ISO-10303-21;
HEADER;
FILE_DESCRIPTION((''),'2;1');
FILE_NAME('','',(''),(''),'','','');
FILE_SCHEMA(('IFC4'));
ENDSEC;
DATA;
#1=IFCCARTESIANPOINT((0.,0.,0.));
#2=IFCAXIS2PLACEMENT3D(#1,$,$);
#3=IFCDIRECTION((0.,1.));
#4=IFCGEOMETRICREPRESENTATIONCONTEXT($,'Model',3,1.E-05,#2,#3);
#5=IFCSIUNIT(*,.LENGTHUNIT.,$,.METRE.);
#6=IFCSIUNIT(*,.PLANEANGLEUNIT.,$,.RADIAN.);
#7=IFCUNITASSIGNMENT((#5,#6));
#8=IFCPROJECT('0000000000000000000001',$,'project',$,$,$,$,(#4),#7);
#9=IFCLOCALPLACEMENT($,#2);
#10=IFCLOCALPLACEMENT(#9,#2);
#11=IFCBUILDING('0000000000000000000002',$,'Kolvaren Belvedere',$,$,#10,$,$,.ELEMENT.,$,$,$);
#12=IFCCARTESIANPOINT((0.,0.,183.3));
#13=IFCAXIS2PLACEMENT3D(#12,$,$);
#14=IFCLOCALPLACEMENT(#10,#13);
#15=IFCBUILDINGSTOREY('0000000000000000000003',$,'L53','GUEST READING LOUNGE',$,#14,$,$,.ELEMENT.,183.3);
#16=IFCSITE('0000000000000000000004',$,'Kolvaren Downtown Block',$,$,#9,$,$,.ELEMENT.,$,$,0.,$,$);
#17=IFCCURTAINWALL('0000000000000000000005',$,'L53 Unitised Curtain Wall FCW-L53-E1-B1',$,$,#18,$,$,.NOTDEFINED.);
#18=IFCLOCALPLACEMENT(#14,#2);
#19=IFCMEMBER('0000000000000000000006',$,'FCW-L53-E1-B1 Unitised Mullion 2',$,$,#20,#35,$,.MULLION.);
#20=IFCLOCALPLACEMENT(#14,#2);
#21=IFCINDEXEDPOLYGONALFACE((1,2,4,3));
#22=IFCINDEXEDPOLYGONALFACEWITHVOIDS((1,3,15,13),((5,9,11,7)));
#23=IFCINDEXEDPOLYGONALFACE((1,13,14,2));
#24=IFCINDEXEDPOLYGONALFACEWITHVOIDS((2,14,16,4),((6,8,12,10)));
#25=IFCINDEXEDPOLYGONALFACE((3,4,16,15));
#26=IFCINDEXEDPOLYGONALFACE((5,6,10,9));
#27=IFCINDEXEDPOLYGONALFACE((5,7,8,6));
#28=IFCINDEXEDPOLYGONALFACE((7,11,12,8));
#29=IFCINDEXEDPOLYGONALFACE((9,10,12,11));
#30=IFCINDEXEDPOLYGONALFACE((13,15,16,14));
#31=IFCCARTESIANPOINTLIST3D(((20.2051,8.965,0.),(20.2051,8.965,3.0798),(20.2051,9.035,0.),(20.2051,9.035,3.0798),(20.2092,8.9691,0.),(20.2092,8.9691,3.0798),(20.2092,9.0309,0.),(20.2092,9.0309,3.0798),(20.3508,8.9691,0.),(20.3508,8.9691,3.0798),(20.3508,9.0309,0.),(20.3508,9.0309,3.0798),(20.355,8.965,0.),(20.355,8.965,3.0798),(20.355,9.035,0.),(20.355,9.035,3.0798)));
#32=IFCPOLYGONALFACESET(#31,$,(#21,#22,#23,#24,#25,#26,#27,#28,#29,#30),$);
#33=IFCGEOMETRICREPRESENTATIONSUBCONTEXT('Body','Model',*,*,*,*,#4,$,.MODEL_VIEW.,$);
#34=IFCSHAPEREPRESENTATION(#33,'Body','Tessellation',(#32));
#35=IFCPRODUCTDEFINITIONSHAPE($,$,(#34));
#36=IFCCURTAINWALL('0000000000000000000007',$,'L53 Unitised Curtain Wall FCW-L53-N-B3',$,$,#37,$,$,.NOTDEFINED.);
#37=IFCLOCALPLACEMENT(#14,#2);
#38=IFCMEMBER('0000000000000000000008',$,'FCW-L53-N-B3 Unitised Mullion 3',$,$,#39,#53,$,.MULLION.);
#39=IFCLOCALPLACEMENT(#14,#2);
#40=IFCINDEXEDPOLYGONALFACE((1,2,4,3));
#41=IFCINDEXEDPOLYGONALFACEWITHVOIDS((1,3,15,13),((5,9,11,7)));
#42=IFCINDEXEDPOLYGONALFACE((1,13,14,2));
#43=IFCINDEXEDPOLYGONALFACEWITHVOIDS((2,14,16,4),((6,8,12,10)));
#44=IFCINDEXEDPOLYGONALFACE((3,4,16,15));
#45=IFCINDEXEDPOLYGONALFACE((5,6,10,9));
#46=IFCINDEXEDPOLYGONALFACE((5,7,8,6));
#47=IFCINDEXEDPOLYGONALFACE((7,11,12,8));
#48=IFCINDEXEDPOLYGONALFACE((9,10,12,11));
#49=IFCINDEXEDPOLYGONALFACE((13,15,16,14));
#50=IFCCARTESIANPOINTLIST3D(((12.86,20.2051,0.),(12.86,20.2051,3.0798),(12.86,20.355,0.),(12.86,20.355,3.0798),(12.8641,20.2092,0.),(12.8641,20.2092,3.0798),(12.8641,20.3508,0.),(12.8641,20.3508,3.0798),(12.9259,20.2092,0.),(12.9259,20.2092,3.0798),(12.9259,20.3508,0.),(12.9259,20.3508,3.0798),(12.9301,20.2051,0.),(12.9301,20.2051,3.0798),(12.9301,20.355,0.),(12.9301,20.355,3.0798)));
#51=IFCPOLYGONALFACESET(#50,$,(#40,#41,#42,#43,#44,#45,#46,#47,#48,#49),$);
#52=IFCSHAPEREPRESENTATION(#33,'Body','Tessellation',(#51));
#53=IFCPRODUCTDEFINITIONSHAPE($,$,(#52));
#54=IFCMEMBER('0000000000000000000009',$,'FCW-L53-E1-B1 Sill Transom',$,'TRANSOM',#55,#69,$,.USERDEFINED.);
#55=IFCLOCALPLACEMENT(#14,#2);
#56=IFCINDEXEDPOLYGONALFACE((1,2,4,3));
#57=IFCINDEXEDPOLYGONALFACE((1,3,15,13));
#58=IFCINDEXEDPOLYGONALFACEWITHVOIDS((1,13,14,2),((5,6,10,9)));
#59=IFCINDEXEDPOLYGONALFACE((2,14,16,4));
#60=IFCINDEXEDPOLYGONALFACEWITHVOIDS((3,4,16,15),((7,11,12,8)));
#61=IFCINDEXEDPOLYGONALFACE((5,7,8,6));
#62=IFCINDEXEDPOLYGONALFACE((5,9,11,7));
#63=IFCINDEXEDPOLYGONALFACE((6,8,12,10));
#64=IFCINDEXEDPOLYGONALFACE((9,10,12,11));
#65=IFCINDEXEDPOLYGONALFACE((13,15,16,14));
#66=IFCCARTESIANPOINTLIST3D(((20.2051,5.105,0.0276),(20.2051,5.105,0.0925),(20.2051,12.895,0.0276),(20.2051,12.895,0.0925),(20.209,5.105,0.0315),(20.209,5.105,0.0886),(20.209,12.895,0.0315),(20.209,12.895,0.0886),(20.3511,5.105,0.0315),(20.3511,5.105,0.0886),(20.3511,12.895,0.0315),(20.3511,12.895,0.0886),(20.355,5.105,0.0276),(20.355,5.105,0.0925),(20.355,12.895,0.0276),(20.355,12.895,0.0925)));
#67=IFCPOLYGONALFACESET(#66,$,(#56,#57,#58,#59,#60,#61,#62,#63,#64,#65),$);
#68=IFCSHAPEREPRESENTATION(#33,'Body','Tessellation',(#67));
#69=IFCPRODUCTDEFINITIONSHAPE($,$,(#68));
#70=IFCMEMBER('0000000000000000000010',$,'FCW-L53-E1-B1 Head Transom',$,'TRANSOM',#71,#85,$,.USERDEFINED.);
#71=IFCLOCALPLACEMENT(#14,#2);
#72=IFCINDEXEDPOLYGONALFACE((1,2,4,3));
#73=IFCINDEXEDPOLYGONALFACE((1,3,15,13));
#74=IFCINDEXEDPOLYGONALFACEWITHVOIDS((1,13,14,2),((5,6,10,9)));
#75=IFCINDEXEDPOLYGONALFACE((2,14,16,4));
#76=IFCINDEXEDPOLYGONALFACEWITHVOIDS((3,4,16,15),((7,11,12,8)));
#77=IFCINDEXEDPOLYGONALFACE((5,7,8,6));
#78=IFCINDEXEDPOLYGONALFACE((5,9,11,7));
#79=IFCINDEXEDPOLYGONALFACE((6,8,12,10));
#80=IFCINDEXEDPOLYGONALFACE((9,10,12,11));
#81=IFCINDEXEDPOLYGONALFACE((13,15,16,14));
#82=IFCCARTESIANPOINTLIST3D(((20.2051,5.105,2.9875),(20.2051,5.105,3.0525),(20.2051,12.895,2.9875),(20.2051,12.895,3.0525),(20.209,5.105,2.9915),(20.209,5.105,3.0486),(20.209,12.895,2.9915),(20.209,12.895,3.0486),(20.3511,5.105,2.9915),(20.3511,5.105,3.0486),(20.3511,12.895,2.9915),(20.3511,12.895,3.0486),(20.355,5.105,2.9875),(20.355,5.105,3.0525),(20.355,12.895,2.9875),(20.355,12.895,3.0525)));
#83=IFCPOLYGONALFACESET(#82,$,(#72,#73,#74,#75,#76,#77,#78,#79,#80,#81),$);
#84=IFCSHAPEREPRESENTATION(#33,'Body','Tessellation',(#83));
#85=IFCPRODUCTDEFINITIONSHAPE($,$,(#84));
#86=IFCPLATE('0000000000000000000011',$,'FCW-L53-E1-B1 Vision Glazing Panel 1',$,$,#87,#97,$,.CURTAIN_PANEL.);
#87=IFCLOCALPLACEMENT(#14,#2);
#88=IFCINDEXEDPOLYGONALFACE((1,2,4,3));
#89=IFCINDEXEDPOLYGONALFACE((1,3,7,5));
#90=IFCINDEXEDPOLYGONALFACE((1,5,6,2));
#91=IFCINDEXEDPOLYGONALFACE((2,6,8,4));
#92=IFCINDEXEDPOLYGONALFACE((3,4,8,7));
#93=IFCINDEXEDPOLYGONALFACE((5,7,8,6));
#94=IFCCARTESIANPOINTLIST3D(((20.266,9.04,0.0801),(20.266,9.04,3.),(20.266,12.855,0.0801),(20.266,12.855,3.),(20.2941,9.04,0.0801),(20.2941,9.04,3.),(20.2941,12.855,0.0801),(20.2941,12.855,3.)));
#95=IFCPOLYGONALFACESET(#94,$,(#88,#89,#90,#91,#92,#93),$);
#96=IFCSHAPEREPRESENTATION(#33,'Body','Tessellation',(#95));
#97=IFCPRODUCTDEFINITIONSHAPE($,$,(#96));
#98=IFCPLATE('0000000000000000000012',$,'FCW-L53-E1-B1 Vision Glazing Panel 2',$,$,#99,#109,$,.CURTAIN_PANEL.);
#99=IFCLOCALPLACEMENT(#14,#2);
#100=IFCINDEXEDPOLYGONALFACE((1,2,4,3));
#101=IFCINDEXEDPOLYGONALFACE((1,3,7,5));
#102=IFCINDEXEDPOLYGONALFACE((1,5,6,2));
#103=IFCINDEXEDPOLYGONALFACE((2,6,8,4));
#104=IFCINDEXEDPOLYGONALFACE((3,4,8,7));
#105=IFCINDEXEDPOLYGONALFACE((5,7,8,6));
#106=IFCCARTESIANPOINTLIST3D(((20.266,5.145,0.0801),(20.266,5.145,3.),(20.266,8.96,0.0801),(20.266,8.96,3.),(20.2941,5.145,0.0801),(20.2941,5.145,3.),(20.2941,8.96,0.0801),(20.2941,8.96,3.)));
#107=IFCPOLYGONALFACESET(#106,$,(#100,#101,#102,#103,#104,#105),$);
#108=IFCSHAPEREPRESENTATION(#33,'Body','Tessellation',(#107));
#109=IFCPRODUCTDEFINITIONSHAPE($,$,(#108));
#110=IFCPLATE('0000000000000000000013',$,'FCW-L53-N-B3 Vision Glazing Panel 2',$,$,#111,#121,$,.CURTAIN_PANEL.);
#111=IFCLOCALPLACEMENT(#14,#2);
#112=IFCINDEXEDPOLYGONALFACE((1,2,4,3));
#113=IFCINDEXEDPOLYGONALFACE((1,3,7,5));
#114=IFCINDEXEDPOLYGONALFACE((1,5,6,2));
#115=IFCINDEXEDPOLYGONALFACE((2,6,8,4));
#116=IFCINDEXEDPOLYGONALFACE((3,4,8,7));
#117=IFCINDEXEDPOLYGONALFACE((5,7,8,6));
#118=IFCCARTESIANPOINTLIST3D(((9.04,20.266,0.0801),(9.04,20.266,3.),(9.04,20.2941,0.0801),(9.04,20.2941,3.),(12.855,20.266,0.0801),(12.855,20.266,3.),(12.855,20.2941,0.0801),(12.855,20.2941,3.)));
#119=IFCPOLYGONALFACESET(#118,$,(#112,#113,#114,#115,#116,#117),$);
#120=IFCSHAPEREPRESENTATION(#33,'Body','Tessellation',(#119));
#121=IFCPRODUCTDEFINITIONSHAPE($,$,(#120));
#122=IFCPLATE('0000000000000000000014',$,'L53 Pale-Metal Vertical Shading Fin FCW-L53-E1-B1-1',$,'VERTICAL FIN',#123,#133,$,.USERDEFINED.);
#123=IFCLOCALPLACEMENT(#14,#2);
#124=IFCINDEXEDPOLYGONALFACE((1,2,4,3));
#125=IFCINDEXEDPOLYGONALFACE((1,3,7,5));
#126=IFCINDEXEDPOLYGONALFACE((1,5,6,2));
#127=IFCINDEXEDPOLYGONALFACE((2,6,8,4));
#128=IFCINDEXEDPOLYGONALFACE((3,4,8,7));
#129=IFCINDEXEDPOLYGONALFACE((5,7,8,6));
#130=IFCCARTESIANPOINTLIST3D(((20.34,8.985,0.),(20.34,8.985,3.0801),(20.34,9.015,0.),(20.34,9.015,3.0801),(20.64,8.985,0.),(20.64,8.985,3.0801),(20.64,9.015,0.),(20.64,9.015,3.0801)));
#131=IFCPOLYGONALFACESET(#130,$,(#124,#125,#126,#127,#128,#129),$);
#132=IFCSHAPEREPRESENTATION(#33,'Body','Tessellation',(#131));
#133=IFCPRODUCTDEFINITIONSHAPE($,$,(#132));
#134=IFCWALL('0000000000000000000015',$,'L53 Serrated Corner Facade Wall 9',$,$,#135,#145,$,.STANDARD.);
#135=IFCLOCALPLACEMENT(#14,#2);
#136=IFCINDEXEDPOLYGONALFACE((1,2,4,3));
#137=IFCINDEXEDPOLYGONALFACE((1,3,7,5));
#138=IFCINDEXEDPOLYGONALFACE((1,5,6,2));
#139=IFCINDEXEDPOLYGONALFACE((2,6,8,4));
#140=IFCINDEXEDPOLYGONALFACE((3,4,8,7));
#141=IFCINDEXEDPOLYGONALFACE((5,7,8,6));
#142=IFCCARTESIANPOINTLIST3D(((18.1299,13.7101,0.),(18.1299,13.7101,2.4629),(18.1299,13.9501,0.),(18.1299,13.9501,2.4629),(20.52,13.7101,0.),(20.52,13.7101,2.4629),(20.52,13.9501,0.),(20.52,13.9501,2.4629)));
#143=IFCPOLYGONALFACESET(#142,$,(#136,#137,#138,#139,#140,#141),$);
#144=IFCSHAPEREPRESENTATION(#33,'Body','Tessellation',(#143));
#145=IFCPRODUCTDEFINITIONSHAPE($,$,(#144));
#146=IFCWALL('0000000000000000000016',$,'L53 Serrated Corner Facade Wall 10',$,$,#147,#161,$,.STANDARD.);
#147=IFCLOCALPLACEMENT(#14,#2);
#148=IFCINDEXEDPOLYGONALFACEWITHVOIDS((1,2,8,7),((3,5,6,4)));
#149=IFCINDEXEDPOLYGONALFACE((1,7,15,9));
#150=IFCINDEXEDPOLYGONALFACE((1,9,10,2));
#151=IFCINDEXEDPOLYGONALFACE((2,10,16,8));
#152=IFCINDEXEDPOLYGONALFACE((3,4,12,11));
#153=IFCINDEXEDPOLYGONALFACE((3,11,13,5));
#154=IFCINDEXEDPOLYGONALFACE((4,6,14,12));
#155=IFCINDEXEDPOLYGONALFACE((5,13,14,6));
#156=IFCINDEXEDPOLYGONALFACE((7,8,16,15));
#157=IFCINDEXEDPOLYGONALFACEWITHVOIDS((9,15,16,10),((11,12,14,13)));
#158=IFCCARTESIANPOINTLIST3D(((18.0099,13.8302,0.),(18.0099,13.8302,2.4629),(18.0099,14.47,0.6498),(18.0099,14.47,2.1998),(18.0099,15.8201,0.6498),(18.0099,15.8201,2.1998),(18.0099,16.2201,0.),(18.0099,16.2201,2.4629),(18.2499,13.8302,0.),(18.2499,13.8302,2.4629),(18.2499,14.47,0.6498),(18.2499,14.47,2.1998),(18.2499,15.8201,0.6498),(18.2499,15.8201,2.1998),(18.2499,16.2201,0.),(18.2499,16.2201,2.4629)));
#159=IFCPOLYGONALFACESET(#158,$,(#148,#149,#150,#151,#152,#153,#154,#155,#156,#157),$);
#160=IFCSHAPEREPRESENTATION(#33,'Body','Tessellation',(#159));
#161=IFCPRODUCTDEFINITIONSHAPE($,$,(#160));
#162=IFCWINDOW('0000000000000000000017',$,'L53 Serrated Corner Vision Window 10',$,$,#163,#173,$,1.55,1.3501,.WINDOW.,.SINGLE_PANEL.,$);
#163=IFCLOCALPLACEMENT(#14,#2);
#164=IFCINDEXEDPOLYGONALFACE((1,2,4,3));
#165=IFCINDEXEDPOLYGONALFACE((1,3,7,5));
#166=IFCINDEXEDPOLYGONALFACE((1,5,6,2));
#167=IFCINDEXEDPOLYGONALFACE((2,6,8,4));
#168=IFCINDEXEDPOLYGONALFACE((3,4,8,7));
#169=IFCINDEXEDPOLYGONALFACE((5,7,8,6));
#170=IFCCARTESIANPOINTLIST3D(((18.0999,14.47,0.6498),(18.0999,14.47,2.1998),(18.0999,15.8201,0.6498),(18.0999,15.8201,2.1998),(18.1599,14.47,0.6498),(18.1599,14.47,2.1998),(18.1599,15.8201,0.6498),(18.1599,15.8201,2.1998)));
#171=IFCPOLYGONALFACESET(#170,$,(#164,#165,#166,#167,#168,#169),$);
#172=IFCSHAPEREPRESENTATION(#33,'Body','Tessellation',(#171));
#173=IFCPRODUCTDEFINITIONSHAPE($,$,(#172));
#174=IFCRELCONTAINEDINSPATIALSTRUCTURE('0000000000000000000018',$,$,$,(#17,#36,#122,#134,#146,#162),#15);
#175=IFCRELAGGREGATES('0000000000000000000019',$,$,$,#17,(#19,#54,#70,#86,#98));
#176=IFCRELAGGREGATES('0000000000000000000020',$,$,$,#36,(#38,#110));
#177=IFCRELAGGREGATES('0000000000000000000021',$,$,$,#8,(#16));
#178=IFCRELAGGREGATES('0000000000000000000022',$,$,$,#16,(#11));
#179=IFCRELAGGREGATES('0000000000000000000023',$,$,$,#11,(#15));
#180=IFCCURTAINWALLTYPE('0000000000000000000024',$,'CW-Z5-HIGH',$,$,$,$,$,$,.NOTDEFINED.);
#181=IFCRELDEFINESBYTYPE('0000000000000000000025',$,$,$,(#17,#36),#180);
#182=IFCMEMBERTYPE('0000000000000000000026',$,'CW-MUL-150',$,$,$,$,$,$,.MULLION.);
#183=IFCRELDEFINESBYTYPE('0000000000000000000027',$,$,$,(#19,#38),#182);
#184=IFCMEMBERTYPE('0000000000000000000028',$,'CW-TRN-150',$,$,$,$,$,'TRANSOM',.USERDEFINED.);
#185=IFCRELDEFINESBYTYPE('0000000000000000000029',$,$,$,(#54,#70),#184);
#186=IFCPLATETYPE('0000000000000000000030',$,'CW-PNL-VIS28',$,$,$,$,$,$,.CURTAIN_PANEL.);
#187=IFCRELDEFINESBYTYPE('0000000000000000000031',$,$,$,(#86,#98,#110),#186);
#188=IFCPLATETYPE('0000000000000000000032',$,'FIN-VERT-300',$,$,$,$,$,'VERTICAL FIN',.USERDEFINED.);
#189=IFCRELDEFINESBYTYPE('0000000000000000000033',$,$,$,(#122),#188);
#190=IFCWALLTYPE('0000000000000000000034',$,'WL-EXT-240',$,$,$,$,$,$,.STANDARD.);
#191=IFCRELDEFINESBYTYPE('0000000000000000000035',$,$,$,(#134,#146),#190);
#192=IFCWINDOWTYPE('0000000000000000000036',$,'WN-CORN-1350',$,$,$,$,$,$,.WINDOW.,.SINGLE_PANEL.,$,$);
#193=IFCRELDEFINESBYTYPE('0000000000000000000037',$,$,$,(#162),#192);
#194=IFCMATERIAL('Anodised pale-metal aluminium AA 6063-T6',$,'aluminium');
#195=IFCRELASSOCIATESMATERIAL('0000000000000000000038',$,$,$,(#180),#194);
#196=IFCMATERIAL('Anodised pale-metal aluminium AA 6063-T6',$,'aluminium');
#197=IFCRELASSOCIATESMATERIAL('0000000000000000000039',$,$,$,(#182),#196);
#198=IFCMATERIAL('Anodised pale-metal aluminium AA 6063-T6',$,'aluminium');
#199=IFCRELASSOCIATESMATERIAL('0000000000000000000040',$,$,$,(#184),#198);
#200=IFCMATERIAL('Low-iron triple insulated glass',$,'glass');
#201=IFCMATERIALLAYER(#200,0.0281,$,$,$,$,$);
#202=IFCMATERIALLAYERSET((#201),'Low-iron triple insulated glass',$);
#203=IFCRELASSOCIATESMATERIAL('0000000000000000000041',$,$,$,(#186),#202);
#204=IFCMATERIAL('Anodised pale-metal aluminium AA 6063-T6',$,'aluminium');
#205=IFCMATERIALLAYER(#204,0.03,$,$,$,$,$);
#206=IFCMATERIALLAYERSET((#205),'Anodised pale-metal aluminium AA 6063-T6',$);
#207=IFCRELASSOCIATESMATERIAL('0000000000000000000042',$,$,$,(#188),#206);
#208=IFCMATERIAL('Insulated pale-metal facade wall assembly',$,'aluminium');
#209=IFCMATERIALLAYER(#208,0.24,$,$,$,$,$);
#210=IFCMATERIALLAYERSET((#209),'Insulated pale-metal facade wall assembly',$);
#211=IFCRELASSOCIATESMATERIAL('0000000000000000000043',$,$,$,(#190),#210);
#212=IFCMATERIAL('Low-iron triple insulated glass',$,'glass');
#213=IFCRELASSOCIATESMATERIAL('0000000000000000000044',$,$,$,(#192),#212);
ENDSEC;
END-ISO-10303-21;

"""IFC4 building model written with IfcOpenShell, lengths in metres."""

from ifc_helpers import new_model, si_unit, direction, frame, frame_2d, origin, origin_2d, place, context, subcontext, project, spatial, rectangle, hollow_rectangle, extrude, material, layer, layer_set, material_profile, profile_set, type_object, element, fill, aggregate, save


model = new_model("IFC4")

# Units and contexts
model_context = context("Model", 3, precision=1e-05, world=origin(), true_north=direction((0.0, 1.0)))
body_context = subcontext(model_context, "Body", "Model", "MODEL_VIEW")
ifc_project = project(units=[si_unit("LENGTHUNIT", "METRE"), si_unit("PLANEANGLEUNIT", "RADIAN")], contexts=[model_context])

# Site, building, storey
site_placement = place(None, origin())
site = spatial("IfcSite", under=ifc_project, at=site_placement, Name="Kolvaren Downtown Block", CompositionType="ELEMENT", RefElevation=0.0)
building_placement = place(site_placement, origin())
building = spatial("IfcBuilding", under=site, at=building_placement, Name="Kolvaren Belvedere", CompositionType="ELEMENT")
storey_placement = place(building_placement, frame((0.0, 0.0, 183.3)))
storey = spatial("IfcBuildingStorey", under=building, at=storey_placement, Name="L53", Description="GUEST READING LOUNGE", CompositionType="ELEMENT", Elevation=183.3)

# Curtain wall, member
ifc_material_1 = material(Name="Anodised pale-metal aluminium AA 6063-T6", Category="aluminium")
curtain_wall_type = type_object("IfcCurtainWallType", Name="CW-Z5-HIGH", PredefinedType="NOTDEFINED", material=ifc_material_1)
curtain_wall_1_placement = place(storey_placement, origin())
curtain_wall_1 = element("IfcCurtainWall", 1, at=curtain_wall_1_placement, inside=storey, type_object=curtain_wall_type, Name="L53 Unitised Curtain Wall FCW-L53-E1-B1", PredefinedType="NOTDEFINED")
ifc_material_2 = material(Name="Anodised pale-metal aluminium AA 6063-T6", Category="aluminium")
ifc_material_profile_1 = material_profile(ifc_material_2, hollow_rectangle(XDim=0.0701, YDim=0.1499, WallThickness=0.0042, at=origin_2d()), Name="ALU-MUL-150X70")
ifc_profile_set_1 = profile_set([ifc_material_profile_1], Name="Anodised pale-metal aluminium AA 6063-T6")
member_type_1 = type_object("IfcMemberType", Name="CW-MUL-150", PredefinedType="MULLION", material=ifc_profile_set_1)
member_1_placement = place(storey_placement, frame((20.28, 9.0, 0.0), z_axis=(0.0, 0.0, 1.0), x_axis=(0.0, 1.0, 0.0)))
member_1 = element("IfcMember", 2, at=member_1_placement, type_object=member_type_1, Name="FCW-L53-E1-B1 Unitised Mullion 2", PredefinedType="MULLION", context=body_context, shape_type="SweptSolid", body=[
    extrude(hollow_rectangle(XDim=0.0701, YDim=0.1499, WallThickness=0.0042, at=origin_2d()), origin(), (0.0, 0.0, 1.0), 3.0798),
])

# Curtain wall, member
curtain_wall_2_placement = place(storey_placement, origin())
curtain_wall_2 = element("IfcCurtainWall", 3, at=curtain_wall_2_placement, inside=storey, type_object=curtain_wall_type, Name="L53 Unitised Curtain Wall FCW-L53-N-B3", PredefinedType="NOTDEFINED")
member_2_placement = place(storey_placement, frame((12.895, 20.28, 0.0), z_axis=(0.0, 0.0, 1.0), x_axis=(1.0, 0.0, 0.0)))
member_2 = element("IfcMember", 4, at=member_2_placement, type_object=member_type_1, Name="FCW-L53-N-B3 Unitised Mullion 3", PredefinedType="MULLION", context=body_context, shape_type="SweptSolid", body=[
    extrude(hollow_rectangle(XDim=0.0701, YDim=0.1499, WallThickness=0.0042, at=origin_2d()), origin(), (0.0, 0.0, 1.0), 3.0798),
])

# Members
ifc_material_3 = material(Name="Anodised pale-metal aluminium AA 6063-T6", Category="aluminium")
ifc_material_profile_2 = material_profile(ifc_material_3, hollow_rectangle(XDim=0.0649, YDim=0.1499, WallThickness=0.0039, at=origin_2d()), Name="ALU-TRN-150X65")
ifc_profile_set_2 = profile_set([ifc_material_profile_2], Name="Anodised pale-metal aluminium AA 6063-T6")
member_type_2 = type_object("IfcMemberType", Name="CW-TRN-150", ElementType="TRANSOM", PredefinedType="USERDEFINED", material=ifc_profile_set_2)
member_3_placement = place(storey_placement, frame((20.28, 12.895, 0.0601), z_axis=(0.0, -1.0, 0.0), x_axis=(0.0, 0.0, 1.0)))
member_3 = element("IfcMember", 5, at=member_3_placement, type_object=member_type_2, Name="FCW-L53-E1-B1 Sill Transom", ObjectType="TRANSOM", PredefinedType="USERDEFINED", context=body_context, shape_type="SweptSolid", body=[
    extrude(hollow_rectangle(XDim=0.0649, YDim=0.1499, WallThickness=0.0039, at=origin_2d()), origin(), (0.0, 0.0, 1.0), 7.79),
])
member_4_placement = place(storey_placement, frame((20.28, 12.895, 3.02), z_axis=(0.0, -1.0, 0.0), x_axis=(0.0, 0.0, 1.0)))
member_4 = element("IfcMember", 6, at=member_4_placement, type_object=member_type_2, Name="FCW-L53-E1-B1 Head Transom", ObjectType="TRANSOM", PredefinedType="USERDEFINED", context=body_context, shape_type="SweptSolid", body=[
    extrude(hollow_rectangle(XDim=0.0649, YDim=0.1499, WallThickness=0.0039, at=origin_2d()), origin(), (0.0, 0.0, 1.0), 7.79),
])

# Plates
ifc_material_4 = material(Name="Low-iron triple insulated glass", Category="glass")
ifc_layer_1 = layer(ifc_material_4, 0.0281)
ifc_layer_set_1 = layer_set([ifc_layer_1], Name="Low-iron triple insulated glass")
plate_type_1 = type_object("IfcPlateType", Name="CW-PNL-VIS28", PredefinedType="CURTAIN_PANEL", material=ifc_layer_set_1)
plate_1_placement = place(storey_placement, frame((20.28, 10.9475, 0.0801), z_axis=(0.0, 0.0, 1.0), x_axis=(0.0, -1.0, 0.0)))
plate_1 = element("IfcPlate", 7, at=plate_1_placement, type_object=plate_type_1, Name="FCW-L53-E1-B1 Vision Glazing Panel 1", PredefinedType="CURTAIN_PANEL", context=body_context, shape_type="SweptSolid", body=[
    extrude(rectangle(XDim=3.8149, YDim=0.0281, at=origin_2d()), origin(), (0.0, 0.0, 1.0), 2.9199),
])
plate_2_placement = place(storey_placement, frame((20.28, 7.0525, 0.0801), z_axis=(0.0, 0.0, 1.0), x_axis=(0.0, -1.0, 0.0)))
plate_2 = element("IfcPlate", 8, at=plate_2_placement, type_object=plate_type_1, Name="FCW-L53-E1-B1 Vision Glazing Panel 2", PredefinedType="CURTAIN_PANEL", context=body_context, shape_type="SweptSolid", body=[
    extrude(rectangle(XDim=3.8149, YDim=0.0281, at=origin_2d()), origin(), (0.0, 0.0, 1.0), 2.9199),
])
aggregate(curtain_wall_1, [member_1, member_3, member_4, plate_1, plate_2])
plate_3_placement = place(storey_placement, frame((10.9475, 20.28, 0.0801), z_axis=(0.0, 0.0, 1.0), x_axis=(1.0, 0.0, 0.0)))
plate_3 = element("IfcPlate", 9, at=plate_3_placement, type_object=plate_type_1, Name="FCW-L53-N-B3 Vision Glazing Panel 2", PredefinedType="CURTAIN_PANEL", context=body_context, shape_type="SweptSolid", body=[
    extrude(rectangle(XDim=3.8149, YDim=0.0281, at=origin_2d()), origin(), (0.0, 0.0, 1.0), 2.9199),
])
aggregate(curtain_wall_2, [member_2, plate_3])
ifc_material_5 = material(Name="Anodised pale-metal aluminium AA 6063-T6", Category="aluminium")
ifc_layer_2 = layer(ifc_material_5, 0.03)
ifc_layer_set_2 = layer_set([ifc_layer_2], Name="Anodised pale-metal aluminium AA 6063-T6")
plate_type_2 = type_object("IfcPlateType", Name="FIN-VERT-300", ElementType="VERTICAL FIN", PredefinedType="USERDEFINED", material=ifc_layer_set_2)
plate_4_placement = place(storey_placement, frame((20.49, 9.0, 0.0), z_axis=(0.0, 0.0, 1.0), x_axis=(1.0, 0.0, 0.0)))
element("IfcPlate", 10, at=plate_4_placement, inside=storey, type_object=plate_type_2, Name="L53 Pale-Metal Vertical Shading Fin FCW-L53-E1-B1-1", ObjectType="VERTICAL FIN", PredefinedType="USERDEFINED", context=body_context, shape_type="SweptSolid", body=[
    extrude(rectangle(XDim=0.3, YDim=0.03, at=origin_2d()), origin(), (0.0, 0.0, 1.0), 3.0801),
])

# Wall
ifc_material_6 = material(Name="Insulated pale-metal facade wall assembly", Category="aluminium")
ifc_layer_3 = layer(ifc_material_6, 0.24)
ifc_layer_set_3 = layer_set([ifc_layer_3], Name="Insulated pale-metal facade wall assembly")
wall_type_1 = type_object("IfcWallType", Name="WL-EXT-240", PredefinedType="STANDARD", material=ifc_layer_set_3)
wall_1_placement = place(storey_placement, frame((18.1299, 13.8301, 0.0), z_axis=(0.0, 0.0, 1.0), x_axis=(1.0, 0.0, 0.0)))
element("IfcWall", 11, at=wall_1_placement, inside=storey, type_object=wall_type_1, Name="L53 Serrated Corner Facade Wall 9", PredefinedType="STANDARD", context=body_context, shape_type="SweptSolid", body=[
    extrude(rectangle(XDim=2.3901, YDim=0.24, at=frame_2d((1.1951, 0.0))), origin(), (0.0, 0.0, 1.0), 2.4629),
])

# Wall, opening, window
wall_2_placement = place(storey_placement, frame((18.1299, 16.22, 0.0), z_axis=(0.0, 0.0, 1.0), x_axis=(0.0, -1.0, 0.0)))
wall_2 = element("IfcWall", 12, at=wall_2_placement, inside=storey, type_object=wall_type_1, Name="L53 Serrated Corner Facade Wall 10", PredefinedType="STANDARD", context=body_context, shape_type="SweptSolid", body=[
    extrude(rectangle(XDim=2.3899, YDim=0.24, at=frame_2d((1.1948, 0.0))), origin(), (0.0, 0.0, 1.0), 2.4629),
])
opening_1_placement = place(wall_2_placement, frame((0.3999, 0.0, 0.6499)))
opening_1 = element("IfcOpeningElement", 13, at=opening_1_placement, cuts=wall_2, PredefinedType="OPENING", context=body_context, shape_type="SweptSolid", body=[
    extrude(rectangle(XDim=1.3501, YDim=1.55, at=frame_2d((0.675, 0.7749))), frame((0.0, 0.1299, 0.0), z_axis=(0.0, -1.0, 0.0), x_axis=(1.0, 0.0, 0.0)), (0.0, 0.0, 1.0), 0.26),
])
ifc_material_7 = material(Name="Low-iron triple insulated glass", Category="glass")
window_type_1 = type_object("IfcWindowType", Name="WN-CORN-1350", PartitioningType="SINGLE_PANEL", PredefinedType="WINDOW", material=ifc_material_7)
window_1_placement = place(opening_1_placement, origin())
window_1 = element("IfcWindow", 14, at=window_1_placement, inside=storey, type_object=window_type_1, Name="L53 Serrated Corner Vision Window 10", OverallHeight=1.55, OverallWidth=1.3501, PartitioningType="SINGLE_PANEL", PredefinedType="WINDOW", context=body_context, shape_type="SweptSolid", body=[
    extrude(rectangle(XDim=1.3501, YDim=1.55, at=frame_2d((0.675, 0.7749))), frame((0.0, 0.03, 0.0), z_axis=(0.0, -1.0, 0.0), x_axis=(1.0, 0.0, 0.0)), (0.0, 0.0, 1.0), 0.0601),
])
fill(opening_1, window_1)

save(model, "model.ifc")
